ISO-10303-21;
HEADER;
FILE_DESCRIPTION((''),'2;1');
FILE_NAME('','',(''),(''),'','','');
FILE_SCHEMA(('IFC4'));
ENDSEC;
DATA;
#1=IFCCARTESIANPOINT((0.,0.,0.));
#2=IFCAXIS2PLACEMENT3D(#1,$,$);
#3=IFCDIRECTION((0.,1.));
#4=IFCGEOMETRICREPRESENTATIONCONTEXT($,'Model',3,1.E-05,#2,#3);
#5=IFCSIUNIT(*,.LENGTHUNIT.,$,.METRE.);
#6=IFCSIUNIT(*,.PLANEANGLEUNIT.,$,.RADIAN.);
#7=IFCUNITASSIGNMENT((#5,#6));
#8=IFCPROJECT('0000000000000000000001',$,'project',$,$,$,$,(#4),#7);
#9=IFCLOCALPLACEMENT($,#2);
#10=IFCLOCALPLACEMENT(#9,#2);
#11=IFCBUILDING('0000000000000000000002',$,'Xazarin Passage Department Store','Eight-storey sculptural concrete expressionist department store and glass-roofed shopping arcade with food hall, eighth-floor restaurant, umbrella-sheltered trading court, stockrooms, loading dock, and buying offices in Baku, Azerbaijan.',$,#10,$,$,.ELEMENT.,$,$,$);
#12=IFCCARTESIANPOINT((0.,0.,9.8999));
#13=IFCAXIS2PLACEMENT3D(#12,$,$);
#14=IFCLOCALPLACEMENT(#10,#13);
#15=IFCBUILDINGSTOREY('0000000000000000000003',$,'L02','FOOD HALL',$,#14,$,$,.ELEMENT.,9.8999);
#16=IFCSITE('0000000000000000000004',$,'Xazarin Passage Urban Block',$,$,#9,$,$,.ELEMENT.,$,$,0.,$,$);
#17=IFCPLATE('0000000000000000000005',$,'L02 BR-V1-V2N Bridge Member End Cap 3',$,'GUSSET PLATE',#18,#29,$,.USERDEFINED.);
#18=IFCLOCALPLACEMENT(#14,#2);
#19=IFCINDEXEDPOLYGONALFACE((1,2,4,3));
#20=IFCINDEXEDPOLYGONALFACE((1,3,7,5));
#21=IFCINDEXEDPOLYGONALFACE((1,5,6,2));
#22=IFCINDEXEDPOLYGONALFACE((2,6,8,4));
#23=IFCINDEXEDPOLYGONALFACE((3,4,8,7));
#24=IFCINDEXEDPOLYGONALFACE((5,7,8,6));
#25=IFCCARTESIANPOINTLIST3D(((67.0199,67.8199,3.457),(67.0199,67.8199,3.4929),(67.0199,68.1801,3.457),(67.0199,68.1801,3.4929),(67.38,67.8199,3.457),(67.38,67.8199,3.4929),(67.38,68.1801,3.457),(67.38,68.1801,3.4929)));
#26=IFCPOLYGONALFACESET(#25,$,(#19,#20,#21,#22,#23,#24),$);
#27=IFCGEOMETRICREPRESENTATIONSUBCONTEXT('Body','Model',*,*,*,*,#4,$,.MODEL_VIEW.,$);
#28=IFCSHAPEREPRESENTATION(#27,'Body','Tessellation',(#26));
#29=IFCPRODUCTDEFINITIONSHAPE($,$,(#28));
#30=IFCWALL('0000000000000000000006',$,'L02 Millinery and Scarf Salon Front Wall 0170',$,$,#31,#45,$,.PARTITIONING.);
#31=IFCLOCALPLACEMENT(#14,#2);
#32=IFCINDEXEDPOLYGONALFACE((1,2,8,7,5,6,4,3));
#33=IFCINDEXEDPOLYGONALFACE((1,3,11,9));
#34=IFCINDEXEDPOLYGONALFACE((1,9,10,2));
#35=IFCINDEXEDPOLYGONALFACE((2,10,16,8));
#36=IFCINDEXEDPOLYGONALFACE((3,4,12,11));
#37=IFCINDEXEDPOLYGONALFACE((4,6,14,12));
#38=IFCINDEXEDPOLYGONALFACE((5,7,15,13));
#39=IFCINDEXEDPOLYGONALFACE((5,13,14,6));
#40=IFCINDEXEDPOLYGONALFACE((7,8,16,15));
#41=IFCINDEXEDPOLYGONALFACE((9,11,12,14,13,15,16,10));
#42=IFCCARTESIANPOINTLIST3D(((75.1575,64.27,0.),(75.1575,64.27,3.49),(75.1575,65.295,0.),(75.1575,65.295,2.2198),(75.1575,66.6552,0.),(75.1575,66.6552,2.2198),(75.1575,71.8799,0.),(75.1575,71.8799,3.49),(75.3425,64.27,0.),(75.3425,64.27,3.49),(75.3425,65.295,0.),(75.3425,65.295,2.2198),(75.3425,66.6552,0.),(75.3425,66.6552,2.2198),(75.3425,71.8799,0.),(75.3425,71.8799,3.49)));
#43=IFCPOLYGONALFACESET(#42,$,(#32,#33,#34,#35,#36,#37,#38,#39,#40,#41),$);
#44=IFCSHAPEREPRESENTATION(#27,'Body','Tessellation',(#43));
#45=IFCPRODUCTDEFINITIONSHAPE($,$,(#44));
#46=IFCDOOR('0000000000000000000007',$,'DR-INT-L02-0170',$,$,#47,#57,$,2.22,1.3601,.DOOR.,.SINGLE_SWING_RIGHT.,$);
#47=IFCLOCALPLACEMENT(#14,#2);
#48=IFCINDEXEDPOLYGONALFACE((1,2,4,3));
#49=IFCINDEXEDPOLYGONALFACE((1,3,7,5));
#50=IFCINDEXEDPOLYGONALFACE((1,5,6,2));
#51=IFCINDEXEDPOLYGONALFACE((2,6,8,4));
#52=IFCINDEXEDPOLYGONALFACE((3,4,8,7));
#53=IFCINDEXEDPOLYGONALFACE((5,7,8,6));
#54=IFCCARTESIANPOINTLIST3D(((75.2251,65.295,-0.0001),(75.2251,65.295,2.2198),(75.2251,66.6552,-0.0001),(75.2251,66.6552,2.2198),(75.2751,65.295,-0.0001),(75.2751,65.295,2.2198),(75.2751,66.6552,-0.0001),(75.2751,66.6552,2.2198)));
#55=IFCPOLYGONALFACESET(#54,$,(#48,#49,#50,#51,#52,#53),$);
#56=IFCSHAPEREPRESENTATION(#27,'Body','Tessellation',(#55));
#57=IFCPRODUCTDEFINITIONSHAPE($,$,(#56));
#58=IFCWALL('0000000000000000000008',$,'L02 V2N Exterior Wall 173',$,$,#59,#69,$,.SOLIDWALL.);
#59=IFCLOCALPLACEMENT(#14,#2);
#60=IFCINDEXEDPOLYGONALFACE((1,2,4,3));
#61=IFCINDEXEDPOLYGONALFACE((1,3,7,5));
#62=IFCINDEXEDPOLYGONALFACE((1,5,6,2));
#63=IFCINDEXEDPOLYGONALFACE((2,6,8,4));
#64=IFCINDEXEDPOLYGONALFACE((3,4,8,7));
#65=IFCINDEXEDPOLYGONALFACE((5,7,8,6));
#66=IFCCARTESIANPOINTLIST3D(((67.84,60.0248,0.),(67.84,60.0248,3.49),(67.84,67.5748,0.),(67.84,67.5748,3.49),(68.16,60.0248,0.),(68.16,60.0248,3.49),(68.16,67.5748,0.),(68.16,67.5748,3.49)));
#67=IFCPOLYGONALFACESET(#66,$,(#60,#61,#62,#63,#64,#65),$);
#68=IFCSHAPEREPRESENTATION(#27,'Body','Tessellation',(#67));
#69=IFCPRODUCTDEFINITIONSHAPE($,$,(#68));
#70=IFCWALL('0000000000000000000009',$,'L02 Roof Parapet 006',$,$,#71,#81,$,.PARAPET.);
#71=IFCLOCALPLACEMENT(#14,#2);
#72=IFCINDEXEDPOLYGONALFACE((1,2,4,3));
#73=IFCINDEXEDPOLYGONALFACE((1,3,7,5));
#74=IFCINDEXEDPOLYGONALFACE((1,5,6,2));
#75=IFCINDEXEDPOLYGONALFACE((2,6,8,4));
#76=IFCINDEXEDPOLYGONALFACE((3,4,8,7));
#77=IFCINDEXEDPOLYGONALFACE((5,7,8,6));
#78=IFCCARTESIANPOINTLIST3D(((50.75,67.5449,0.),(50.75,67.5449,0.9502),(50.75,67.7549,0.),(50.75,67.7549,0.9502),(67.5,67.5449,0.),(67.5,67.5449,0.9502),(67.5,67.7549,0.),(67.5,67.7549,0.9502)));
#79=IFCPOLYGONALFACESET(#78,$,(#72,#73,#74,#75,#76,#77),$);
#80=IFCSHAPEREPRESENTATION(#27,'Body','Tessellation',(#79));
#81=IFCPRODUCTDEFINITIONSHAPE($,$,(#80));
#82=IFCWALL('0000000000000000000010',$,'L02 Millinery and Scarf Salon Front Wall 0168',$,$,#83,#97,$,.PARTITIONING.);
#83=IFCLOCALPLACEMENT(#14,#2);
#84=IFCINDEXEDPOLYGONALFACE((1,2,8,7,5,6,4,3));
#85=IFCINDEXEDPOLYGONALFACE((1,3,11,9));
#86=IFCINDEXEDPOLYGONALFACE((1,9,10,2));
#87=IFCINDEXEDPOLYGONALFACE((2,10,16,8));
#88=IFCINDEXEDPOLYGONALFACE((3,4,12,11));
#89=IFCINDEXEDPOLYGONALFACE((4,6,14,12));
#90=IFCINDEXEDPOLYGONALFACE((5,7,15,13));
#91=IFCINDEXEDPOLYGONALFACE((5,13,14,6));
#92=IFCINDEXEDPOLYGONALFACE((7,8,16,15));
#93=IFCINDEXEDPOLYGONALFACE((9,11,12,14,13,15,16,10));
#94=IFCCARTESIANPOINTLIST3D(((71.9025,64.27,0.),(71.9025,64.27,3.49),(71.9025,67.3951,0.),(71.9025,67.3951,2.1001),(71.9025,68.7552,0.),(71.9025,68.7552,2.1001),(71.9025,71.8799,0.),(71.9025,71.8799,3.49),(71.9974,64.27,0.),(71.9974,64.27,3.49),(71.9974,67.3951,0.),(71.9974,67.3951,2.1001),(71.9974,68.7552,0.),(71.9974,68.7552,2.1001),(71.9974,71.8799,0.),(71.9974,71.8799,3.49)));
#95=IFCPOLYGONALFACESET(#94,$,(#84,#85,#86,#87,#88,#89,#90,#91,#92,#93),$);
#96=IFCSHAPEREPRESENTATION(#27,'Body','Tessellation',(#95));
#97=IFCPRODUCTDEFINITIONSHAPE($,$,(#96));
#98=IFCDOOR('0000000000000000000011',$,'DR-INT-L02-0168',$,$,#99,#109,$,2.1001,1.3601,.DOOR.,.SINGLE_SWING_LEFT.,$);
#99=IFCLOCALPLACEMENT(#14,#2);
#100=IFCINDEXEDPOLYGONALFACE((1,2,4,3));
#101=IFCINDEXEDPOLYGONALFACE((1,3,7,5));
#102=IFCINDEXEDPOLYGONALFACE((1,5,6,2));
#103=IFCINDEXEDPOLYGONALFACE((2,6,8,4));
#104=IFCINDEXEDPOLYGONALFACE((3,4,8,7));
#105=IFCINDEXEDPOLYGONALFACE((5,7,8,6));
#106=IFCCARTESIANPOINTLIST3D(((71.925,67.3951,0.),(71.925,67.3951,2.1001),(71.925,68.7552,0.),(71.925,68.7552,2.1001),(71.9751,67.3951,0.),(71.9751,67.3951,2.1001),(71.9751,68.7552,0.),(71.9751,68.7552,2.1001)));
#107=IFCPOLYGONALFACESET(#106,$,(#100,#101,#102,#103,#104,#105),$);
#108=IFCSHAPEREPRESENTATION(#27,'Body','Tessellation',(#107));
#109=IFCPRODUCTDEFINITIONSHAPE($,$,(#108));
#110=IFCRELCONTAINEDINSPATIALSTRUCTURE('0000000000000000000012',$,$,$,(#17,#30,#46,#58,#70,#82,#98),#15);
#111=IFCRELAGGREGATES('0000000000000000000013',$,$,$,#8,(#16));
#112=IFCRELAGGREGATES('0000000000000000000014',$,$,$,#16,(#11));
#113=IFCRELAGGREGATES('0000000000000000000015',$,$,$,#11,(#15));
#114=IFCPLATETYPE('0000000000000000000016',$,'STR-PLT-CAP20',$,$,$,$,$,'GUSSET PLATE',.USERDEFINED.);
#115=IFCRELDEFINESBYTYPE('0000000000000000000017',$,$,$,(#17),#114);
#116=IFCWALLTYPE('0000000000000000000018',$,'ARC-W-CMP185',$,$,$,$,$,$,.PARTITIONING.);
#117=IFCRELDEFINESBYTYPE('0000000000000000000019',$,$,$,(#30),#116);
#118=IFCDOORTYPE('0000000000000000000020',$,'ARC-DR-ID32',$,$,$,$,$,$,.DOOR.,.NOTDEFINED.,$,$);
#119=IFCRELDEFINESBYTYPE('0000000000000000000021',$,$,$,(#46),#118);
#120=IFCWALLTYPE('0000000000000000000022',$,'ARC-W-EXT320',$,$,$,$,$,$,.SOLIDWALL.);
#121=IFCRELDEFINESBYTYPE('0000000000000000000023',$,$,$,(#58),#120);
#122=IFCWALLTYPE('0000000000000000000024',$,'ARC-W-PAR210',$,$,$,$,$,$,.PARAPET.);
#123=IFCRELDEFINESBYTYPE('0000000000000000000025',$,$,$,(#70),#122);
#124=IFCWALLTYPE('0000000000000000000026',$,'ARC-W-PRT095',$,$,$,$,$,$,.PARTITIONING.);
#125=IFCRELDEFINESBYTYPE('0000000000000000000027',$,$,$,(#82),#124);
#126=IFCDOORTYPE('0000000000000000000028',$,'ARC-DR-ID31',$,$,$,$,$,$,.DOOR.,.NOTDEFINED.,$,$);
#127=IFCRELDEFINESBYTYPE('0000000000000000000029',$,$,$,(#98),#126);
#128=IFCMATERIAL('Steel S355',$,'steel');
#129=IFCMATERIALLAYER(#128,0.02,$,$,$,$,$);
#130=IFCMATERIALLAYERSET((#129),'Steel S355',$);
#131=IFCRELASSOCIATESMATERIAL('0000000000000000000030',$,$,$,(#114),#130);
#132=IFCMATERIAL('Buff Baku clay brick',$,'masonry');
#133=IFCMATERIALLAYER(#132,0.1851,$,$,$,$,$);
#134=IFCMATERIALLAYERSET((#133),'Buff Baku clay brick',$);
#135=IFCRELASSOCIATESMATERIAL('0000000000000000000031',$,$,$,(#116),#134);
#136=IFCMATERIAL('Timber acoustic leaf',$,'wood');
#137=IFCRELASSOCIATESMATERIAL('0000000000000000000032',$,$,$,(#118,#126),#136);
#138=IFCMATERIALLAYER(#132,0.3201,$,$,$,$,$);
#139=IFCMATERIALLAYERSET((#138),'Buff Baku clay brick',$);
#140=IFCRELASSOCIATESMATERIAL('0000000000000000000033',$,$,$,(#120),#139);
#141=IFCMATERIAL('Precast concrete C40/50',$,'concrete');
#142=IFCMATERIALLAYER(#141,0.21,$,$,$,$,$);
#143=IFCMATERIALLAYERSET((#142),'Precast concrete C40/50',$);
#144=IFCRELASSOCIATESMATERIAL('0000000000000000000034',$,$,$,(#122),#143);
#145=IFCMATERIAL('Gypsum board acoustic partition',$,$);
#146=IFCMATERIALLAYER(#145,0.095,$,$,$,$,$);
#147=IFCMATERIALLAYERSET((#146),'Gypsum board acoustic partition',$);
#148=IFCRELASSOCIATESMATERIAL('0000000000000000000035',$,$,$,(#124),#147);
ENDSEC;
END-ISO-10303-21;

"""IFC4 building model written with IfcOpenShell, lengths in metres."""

from ifc_helpers import new_model, si_unit, direction, frame, frame_2d, origin, origin_2d, place, context, subcontext, project, spatial, rectangle, extrude, material, layer, layer_set, type_object, element, fill, save


model = new_model("IFC4")

# Units and contexts
model_context = context("Model", 3, precision=1e-05, world=origin(), true_north=direction((0.0, 1.0)))
body_context = subcontext(model_context, "Body", "Model", "MODEL_VIEW")
ifc_project = project(units=[si_unit("LENGTHUNIT", "METRE"), si_unit("PLANEANGLEUNIT", "RADIAN")], contexts=[model_context])

# Site, building, storey
site_placement = place(None, origin())
site = spatial("IfcSite", under=ifc_project, at=site_placement, Name="Xazarin Passage Urban Block", CompositionType="ELEMENT", RefElevation=0.0)
building_placement = place(site_placement, origin())
building = spatial("IfcBuilding", under=site, at=building_placement, Name="Xazarin Passage Department Store", Description="Eight-storey sculptural concrete expressionist department store and glass-roofed shopping arcade with food hall, eighth-floor restaurant, umbrella-sheltered trading court, stockrooms, loading dock, and buying offices in Baku, Azerbaijan.", CompositionType="ELEMENT")
storey_placement = place(building_placement, frame((0.0, 0.0, 9.8999)))
storey = spatial("IfcBuildingStorey", under=building, at=storey_placement, Name="L02", Description="FOOD HALL", CompositionType="ELEMENT", Elevation=9.8999)

# Shared definitions
ifc_material_1 = material(Name="Steel S355", Category="steel")

# Plate
ifc_layer_1 = layer(ifc_material_1, 0.02)
ifc_layer_set_1 = layer_set([ifc_layer_1], Name="Steel S355")
plate_type = type_object("IfcPlateType", Name="STR-PLT-CAP20", ElementType="GUSSET PLATE", PredefinedType="USERDEFINED", material=ifc_layer_set_1)
for number, where, z_axis, x_axis, name in (
    (1, (67.2, 68.0, 3.457), (0.0, 0.0, 1.0), (1.0, 0.0, 0.0), "L02 BR-V1-V2N Bridge Member End Cap 3"),
):
    element("IfcPlate", number, at=place(storey_placement, frame(where, z_axis=z_axis, x_axis=x_axis)), inside=storey, type_object=plate_type, Name=name, ObjectType="GUSSET PLATE", PredefinedType="USERDEFINED", context=body_context, shape_type="SweptSolid", body=[
        extrude(rectangle(XDim=0.3601, YDim=0.3601, at=origin_2d()), origin(), (0.0, 0.0, 1.0), 0.0359),
    ])

# Wall, opening, door
ifc_material_2 = material(Name="Buff Baku clay brick", Category="masonry")
ifc_layer_2 = layer(ifc_material_2, 0.1851)
ifc_layer_set_2 = layer_set([ifc_layer_2], Name="Buff Baku clay brick")
wall_type_1 = type_object("IfcWallType", Name="ARC-W-CMP185", PredefinedType="PARTITIONING", material=ifc_layer_set_2)
wall_1_placement = place(storey_placement, frame((75.25, 64.27, 0.0), z_axis=(0.0, 0.0, 1.0), x_axis=(0.0, 1.0, 0.0)))
wall_1 = element("IfcWall", 2, at=wall_1_placement, inside=storey, type_object=wall_type_1, Name="L02 Millinery and Scarf Salon Front Wall 0170", PredefinedType="PARTITIONING", context=body_context, shape_type="SweptSolid", body=[
    extrude(rectangle(XDim=7.6099, YDim=0.1851, at=frame_2d((3.8049, 0.0))), origin(), (0.0, 0.0, 1.0), 3.49),
])
opening_1_placement = place(wall_1_placement, frame((1.0249, 0.0, 0.0)))
opening_1 = element("IfcOpeningElement", 3, at=opening_1_placement, cuts=wall_1, PredefinedType="OPENING", context=body_context, shape_type="SweptSolid", body=[
    extrude(rectangle(XDim=1.3601, YDim=2.22, at=frame_2d((0.6802, 1.1099))), frame((0.0, 0.1025, 0.0), z_axis=(0.0, -1.0, 0.0), x_axis=(1.0, 0.0, 0.0)), (0.0, 0.0, 1.0), 0.2051),
])
ifc_material_3 = material(Name="Timber acoustic leaf", Category="wood")
door_type_1 = type_object("IfcDoorType", Name="ARC-DR-ID32", OperationType="NOTDEFINED", PredefinedType="DOOR", material=ifc_material_3)
door_1_placement = place(opening_1_placement, origin())
door_1 = element("IfcDoor", 4, at=door_1_placement, inside=storey, type_object=door_type_1, Name="DR-INT-L02-0170", OperationType="SINGLE_SWING_RIGHT", OverallHeight=2.22, OverallWidth=1.3601, PredefinedType="DOOR", context=body_context, shape_type="SweptSolid", body=[
    extrude(rectangle(XDim=1.3601, YDim=2.22, at=frame_2d((0.6802, 1.1099))), frame((0.0, 0.0249, 0.0), z_axis=(0.0, -1.0, 0.0), x_axis=(1.0, 0.0, 0.0)), (0.0, 0.0, 1.0), 0.05),
])
fill(opening_1, door_1)

# Walls
ifc_layer_3 = layer(ifc_material_2, 0.3201)
ifc_layer_set_3 = layer_set([ifc_layer_3], Name="Buff Baku clay brick")
wall_type_2 = type_object("IfcWallType", Name="ARC-W-EXT320", PredefinedType="SOLIDWALL", material=ifc_layer_set_3)
wall_2_placement = place(storey_placement, frame((68.0, 60.0249, 0.0), z_axis=(0.0, 0.0, 1.0), x_axis=(0.0, 1.0, 0.0)))
element("IfcWall", 5, at=wall_2_placement, inside=storey, type_object=wall_type_2, Name="L02 V2N Exterior Wall 173", PredefinedType="SOLIDWALL", context=body_context, shape_type="SweptSolid", body=[
    extrude(rectangle(XDim=7.55, YDim=0.3201, at=frame_2d((3.7749, 0.0))), origin(), (0.0, 0.0, 1.0), 3.49),
])
ifc_material_4 = material(Name="Precast concrete C40/50", Category="concrete")
ifc_layer_4 = layer(ifc_material_4, 0.21)
ifc_layer_set_4 = layer_set([ifc_layer_4], Name="Precast concrete C40/50")
wall_type_3 = type_object("IfcWallType", Name="ARC-W-PAR210", PredefinedType="PARAPET", material=ifc_layer_set_4)
wall_3_placement = place(storey_placement, frame((67.5, 67.6499, 0.0), z_axis=(0.0, 0.0, 1.0), x_axis=(-1.0, 0.0, 0.0)))
element("IfcWall", 6, at=wall_3_placement, inside=storey, type_object=wall_type_3, Name="L02 Roof Parapet 006", PredefinedType="PARAPET", context=body_context, shape_type="SweptSolid", body=[
    extrude(rectangle(XDim=16.75, YDim=0.21, at=frame_2d((8.375, 0.0))), origin(), (0.0, 0.0, 1.0), 0.9502),
])

# Wall, opening, door
ifc_material_5 = material(Name="Gypsum board acoustic partition")
ifc_layer_5 = layer(ifc_material_5, 0.095)
ifc_layer_set_5 = layer_set([ifc_layer_5], Name="Gypsum board acoustic partition")
wall_type_4 = type_object("IfcWallType", Name="ARC-W-PRT095", PredefinedType="PARTITIONING", material=ifc_layer_set_5)
wall_4_placement = place(storey_placement, frame((71.95, 64.27, 0.0), z_axis=(0.0, 0.0, 1.0), x_axis=(0.0, 1.0, 0.0)))
wall_4 = element("IfcWall", 7, at=wall_4_placement, inside=storey, type_object=wall_type_4, Name="L02 Millinery and Scarf Salon Front Wall 0168", PredefinedType="PARTITIONING", context=body_context, shape_type="SweptSolid", body=[
    extrude(rectangle(XDim=7.6099, YDim=0.095, at=frame_2d((3.8049, 0.0))), origin(), (0.0, 0.0, 1.0), 3.49),
])
opening_2_placement = place(wall_4_placement, frame((3.125, 0.0, 0.0)))
opening_2 = element("IfcOpeningElement", 8, at=opening_2_placement, cuts=wall_4, PredefinedType="OPENING", context=body_context, shape_type="SweptSolid", body=[
    extrude(rectangle(XDim=1.3601, YDim=2.1001, at=frame_2d((0.6802, 1.05))), frame((0.0, 0.0574, 0.0), z_axis=(0.0, -1.0, 0.0), x_axis=(1.0, 0.0, 0.0)), (0.0, 0.0, 1.0), 0.115),
])
door_type_2 = type_object("IfcDoorType", Name="ARC-DR-ID31", OperationType="NOTDEFINED", PredefinedType="DOOR", material=ifc_material_3)
door_2_placement = place(opening_2_placement, origin())
door_2 = element("IfcDoor", 9, at=door_2_placement, inside=storey, type_object=door_type_2, Name="DR-INT-L02-0168", OperationType="SINGLE_SWING_LEFT", OverallHeight=2.1001, OverallWidth=1.3601, PredefinedType="DOOR", context=body_context, shape_type="SweptSolid", body=[
    extrude(rectangle(XDim=1.3601, YDim=2.1001, at=frame_2d((0.6802, 1.05))), frame((0.0, 0.0249, 0.0), z_axis=(0.0, -1.0, 0.0), x_axis=(1.0, 0.0, 0.0)), (0.0, 0.0, 1.0), 0.05),
])
fill(opening_2, door_2)

save(model, "model.ifc")
